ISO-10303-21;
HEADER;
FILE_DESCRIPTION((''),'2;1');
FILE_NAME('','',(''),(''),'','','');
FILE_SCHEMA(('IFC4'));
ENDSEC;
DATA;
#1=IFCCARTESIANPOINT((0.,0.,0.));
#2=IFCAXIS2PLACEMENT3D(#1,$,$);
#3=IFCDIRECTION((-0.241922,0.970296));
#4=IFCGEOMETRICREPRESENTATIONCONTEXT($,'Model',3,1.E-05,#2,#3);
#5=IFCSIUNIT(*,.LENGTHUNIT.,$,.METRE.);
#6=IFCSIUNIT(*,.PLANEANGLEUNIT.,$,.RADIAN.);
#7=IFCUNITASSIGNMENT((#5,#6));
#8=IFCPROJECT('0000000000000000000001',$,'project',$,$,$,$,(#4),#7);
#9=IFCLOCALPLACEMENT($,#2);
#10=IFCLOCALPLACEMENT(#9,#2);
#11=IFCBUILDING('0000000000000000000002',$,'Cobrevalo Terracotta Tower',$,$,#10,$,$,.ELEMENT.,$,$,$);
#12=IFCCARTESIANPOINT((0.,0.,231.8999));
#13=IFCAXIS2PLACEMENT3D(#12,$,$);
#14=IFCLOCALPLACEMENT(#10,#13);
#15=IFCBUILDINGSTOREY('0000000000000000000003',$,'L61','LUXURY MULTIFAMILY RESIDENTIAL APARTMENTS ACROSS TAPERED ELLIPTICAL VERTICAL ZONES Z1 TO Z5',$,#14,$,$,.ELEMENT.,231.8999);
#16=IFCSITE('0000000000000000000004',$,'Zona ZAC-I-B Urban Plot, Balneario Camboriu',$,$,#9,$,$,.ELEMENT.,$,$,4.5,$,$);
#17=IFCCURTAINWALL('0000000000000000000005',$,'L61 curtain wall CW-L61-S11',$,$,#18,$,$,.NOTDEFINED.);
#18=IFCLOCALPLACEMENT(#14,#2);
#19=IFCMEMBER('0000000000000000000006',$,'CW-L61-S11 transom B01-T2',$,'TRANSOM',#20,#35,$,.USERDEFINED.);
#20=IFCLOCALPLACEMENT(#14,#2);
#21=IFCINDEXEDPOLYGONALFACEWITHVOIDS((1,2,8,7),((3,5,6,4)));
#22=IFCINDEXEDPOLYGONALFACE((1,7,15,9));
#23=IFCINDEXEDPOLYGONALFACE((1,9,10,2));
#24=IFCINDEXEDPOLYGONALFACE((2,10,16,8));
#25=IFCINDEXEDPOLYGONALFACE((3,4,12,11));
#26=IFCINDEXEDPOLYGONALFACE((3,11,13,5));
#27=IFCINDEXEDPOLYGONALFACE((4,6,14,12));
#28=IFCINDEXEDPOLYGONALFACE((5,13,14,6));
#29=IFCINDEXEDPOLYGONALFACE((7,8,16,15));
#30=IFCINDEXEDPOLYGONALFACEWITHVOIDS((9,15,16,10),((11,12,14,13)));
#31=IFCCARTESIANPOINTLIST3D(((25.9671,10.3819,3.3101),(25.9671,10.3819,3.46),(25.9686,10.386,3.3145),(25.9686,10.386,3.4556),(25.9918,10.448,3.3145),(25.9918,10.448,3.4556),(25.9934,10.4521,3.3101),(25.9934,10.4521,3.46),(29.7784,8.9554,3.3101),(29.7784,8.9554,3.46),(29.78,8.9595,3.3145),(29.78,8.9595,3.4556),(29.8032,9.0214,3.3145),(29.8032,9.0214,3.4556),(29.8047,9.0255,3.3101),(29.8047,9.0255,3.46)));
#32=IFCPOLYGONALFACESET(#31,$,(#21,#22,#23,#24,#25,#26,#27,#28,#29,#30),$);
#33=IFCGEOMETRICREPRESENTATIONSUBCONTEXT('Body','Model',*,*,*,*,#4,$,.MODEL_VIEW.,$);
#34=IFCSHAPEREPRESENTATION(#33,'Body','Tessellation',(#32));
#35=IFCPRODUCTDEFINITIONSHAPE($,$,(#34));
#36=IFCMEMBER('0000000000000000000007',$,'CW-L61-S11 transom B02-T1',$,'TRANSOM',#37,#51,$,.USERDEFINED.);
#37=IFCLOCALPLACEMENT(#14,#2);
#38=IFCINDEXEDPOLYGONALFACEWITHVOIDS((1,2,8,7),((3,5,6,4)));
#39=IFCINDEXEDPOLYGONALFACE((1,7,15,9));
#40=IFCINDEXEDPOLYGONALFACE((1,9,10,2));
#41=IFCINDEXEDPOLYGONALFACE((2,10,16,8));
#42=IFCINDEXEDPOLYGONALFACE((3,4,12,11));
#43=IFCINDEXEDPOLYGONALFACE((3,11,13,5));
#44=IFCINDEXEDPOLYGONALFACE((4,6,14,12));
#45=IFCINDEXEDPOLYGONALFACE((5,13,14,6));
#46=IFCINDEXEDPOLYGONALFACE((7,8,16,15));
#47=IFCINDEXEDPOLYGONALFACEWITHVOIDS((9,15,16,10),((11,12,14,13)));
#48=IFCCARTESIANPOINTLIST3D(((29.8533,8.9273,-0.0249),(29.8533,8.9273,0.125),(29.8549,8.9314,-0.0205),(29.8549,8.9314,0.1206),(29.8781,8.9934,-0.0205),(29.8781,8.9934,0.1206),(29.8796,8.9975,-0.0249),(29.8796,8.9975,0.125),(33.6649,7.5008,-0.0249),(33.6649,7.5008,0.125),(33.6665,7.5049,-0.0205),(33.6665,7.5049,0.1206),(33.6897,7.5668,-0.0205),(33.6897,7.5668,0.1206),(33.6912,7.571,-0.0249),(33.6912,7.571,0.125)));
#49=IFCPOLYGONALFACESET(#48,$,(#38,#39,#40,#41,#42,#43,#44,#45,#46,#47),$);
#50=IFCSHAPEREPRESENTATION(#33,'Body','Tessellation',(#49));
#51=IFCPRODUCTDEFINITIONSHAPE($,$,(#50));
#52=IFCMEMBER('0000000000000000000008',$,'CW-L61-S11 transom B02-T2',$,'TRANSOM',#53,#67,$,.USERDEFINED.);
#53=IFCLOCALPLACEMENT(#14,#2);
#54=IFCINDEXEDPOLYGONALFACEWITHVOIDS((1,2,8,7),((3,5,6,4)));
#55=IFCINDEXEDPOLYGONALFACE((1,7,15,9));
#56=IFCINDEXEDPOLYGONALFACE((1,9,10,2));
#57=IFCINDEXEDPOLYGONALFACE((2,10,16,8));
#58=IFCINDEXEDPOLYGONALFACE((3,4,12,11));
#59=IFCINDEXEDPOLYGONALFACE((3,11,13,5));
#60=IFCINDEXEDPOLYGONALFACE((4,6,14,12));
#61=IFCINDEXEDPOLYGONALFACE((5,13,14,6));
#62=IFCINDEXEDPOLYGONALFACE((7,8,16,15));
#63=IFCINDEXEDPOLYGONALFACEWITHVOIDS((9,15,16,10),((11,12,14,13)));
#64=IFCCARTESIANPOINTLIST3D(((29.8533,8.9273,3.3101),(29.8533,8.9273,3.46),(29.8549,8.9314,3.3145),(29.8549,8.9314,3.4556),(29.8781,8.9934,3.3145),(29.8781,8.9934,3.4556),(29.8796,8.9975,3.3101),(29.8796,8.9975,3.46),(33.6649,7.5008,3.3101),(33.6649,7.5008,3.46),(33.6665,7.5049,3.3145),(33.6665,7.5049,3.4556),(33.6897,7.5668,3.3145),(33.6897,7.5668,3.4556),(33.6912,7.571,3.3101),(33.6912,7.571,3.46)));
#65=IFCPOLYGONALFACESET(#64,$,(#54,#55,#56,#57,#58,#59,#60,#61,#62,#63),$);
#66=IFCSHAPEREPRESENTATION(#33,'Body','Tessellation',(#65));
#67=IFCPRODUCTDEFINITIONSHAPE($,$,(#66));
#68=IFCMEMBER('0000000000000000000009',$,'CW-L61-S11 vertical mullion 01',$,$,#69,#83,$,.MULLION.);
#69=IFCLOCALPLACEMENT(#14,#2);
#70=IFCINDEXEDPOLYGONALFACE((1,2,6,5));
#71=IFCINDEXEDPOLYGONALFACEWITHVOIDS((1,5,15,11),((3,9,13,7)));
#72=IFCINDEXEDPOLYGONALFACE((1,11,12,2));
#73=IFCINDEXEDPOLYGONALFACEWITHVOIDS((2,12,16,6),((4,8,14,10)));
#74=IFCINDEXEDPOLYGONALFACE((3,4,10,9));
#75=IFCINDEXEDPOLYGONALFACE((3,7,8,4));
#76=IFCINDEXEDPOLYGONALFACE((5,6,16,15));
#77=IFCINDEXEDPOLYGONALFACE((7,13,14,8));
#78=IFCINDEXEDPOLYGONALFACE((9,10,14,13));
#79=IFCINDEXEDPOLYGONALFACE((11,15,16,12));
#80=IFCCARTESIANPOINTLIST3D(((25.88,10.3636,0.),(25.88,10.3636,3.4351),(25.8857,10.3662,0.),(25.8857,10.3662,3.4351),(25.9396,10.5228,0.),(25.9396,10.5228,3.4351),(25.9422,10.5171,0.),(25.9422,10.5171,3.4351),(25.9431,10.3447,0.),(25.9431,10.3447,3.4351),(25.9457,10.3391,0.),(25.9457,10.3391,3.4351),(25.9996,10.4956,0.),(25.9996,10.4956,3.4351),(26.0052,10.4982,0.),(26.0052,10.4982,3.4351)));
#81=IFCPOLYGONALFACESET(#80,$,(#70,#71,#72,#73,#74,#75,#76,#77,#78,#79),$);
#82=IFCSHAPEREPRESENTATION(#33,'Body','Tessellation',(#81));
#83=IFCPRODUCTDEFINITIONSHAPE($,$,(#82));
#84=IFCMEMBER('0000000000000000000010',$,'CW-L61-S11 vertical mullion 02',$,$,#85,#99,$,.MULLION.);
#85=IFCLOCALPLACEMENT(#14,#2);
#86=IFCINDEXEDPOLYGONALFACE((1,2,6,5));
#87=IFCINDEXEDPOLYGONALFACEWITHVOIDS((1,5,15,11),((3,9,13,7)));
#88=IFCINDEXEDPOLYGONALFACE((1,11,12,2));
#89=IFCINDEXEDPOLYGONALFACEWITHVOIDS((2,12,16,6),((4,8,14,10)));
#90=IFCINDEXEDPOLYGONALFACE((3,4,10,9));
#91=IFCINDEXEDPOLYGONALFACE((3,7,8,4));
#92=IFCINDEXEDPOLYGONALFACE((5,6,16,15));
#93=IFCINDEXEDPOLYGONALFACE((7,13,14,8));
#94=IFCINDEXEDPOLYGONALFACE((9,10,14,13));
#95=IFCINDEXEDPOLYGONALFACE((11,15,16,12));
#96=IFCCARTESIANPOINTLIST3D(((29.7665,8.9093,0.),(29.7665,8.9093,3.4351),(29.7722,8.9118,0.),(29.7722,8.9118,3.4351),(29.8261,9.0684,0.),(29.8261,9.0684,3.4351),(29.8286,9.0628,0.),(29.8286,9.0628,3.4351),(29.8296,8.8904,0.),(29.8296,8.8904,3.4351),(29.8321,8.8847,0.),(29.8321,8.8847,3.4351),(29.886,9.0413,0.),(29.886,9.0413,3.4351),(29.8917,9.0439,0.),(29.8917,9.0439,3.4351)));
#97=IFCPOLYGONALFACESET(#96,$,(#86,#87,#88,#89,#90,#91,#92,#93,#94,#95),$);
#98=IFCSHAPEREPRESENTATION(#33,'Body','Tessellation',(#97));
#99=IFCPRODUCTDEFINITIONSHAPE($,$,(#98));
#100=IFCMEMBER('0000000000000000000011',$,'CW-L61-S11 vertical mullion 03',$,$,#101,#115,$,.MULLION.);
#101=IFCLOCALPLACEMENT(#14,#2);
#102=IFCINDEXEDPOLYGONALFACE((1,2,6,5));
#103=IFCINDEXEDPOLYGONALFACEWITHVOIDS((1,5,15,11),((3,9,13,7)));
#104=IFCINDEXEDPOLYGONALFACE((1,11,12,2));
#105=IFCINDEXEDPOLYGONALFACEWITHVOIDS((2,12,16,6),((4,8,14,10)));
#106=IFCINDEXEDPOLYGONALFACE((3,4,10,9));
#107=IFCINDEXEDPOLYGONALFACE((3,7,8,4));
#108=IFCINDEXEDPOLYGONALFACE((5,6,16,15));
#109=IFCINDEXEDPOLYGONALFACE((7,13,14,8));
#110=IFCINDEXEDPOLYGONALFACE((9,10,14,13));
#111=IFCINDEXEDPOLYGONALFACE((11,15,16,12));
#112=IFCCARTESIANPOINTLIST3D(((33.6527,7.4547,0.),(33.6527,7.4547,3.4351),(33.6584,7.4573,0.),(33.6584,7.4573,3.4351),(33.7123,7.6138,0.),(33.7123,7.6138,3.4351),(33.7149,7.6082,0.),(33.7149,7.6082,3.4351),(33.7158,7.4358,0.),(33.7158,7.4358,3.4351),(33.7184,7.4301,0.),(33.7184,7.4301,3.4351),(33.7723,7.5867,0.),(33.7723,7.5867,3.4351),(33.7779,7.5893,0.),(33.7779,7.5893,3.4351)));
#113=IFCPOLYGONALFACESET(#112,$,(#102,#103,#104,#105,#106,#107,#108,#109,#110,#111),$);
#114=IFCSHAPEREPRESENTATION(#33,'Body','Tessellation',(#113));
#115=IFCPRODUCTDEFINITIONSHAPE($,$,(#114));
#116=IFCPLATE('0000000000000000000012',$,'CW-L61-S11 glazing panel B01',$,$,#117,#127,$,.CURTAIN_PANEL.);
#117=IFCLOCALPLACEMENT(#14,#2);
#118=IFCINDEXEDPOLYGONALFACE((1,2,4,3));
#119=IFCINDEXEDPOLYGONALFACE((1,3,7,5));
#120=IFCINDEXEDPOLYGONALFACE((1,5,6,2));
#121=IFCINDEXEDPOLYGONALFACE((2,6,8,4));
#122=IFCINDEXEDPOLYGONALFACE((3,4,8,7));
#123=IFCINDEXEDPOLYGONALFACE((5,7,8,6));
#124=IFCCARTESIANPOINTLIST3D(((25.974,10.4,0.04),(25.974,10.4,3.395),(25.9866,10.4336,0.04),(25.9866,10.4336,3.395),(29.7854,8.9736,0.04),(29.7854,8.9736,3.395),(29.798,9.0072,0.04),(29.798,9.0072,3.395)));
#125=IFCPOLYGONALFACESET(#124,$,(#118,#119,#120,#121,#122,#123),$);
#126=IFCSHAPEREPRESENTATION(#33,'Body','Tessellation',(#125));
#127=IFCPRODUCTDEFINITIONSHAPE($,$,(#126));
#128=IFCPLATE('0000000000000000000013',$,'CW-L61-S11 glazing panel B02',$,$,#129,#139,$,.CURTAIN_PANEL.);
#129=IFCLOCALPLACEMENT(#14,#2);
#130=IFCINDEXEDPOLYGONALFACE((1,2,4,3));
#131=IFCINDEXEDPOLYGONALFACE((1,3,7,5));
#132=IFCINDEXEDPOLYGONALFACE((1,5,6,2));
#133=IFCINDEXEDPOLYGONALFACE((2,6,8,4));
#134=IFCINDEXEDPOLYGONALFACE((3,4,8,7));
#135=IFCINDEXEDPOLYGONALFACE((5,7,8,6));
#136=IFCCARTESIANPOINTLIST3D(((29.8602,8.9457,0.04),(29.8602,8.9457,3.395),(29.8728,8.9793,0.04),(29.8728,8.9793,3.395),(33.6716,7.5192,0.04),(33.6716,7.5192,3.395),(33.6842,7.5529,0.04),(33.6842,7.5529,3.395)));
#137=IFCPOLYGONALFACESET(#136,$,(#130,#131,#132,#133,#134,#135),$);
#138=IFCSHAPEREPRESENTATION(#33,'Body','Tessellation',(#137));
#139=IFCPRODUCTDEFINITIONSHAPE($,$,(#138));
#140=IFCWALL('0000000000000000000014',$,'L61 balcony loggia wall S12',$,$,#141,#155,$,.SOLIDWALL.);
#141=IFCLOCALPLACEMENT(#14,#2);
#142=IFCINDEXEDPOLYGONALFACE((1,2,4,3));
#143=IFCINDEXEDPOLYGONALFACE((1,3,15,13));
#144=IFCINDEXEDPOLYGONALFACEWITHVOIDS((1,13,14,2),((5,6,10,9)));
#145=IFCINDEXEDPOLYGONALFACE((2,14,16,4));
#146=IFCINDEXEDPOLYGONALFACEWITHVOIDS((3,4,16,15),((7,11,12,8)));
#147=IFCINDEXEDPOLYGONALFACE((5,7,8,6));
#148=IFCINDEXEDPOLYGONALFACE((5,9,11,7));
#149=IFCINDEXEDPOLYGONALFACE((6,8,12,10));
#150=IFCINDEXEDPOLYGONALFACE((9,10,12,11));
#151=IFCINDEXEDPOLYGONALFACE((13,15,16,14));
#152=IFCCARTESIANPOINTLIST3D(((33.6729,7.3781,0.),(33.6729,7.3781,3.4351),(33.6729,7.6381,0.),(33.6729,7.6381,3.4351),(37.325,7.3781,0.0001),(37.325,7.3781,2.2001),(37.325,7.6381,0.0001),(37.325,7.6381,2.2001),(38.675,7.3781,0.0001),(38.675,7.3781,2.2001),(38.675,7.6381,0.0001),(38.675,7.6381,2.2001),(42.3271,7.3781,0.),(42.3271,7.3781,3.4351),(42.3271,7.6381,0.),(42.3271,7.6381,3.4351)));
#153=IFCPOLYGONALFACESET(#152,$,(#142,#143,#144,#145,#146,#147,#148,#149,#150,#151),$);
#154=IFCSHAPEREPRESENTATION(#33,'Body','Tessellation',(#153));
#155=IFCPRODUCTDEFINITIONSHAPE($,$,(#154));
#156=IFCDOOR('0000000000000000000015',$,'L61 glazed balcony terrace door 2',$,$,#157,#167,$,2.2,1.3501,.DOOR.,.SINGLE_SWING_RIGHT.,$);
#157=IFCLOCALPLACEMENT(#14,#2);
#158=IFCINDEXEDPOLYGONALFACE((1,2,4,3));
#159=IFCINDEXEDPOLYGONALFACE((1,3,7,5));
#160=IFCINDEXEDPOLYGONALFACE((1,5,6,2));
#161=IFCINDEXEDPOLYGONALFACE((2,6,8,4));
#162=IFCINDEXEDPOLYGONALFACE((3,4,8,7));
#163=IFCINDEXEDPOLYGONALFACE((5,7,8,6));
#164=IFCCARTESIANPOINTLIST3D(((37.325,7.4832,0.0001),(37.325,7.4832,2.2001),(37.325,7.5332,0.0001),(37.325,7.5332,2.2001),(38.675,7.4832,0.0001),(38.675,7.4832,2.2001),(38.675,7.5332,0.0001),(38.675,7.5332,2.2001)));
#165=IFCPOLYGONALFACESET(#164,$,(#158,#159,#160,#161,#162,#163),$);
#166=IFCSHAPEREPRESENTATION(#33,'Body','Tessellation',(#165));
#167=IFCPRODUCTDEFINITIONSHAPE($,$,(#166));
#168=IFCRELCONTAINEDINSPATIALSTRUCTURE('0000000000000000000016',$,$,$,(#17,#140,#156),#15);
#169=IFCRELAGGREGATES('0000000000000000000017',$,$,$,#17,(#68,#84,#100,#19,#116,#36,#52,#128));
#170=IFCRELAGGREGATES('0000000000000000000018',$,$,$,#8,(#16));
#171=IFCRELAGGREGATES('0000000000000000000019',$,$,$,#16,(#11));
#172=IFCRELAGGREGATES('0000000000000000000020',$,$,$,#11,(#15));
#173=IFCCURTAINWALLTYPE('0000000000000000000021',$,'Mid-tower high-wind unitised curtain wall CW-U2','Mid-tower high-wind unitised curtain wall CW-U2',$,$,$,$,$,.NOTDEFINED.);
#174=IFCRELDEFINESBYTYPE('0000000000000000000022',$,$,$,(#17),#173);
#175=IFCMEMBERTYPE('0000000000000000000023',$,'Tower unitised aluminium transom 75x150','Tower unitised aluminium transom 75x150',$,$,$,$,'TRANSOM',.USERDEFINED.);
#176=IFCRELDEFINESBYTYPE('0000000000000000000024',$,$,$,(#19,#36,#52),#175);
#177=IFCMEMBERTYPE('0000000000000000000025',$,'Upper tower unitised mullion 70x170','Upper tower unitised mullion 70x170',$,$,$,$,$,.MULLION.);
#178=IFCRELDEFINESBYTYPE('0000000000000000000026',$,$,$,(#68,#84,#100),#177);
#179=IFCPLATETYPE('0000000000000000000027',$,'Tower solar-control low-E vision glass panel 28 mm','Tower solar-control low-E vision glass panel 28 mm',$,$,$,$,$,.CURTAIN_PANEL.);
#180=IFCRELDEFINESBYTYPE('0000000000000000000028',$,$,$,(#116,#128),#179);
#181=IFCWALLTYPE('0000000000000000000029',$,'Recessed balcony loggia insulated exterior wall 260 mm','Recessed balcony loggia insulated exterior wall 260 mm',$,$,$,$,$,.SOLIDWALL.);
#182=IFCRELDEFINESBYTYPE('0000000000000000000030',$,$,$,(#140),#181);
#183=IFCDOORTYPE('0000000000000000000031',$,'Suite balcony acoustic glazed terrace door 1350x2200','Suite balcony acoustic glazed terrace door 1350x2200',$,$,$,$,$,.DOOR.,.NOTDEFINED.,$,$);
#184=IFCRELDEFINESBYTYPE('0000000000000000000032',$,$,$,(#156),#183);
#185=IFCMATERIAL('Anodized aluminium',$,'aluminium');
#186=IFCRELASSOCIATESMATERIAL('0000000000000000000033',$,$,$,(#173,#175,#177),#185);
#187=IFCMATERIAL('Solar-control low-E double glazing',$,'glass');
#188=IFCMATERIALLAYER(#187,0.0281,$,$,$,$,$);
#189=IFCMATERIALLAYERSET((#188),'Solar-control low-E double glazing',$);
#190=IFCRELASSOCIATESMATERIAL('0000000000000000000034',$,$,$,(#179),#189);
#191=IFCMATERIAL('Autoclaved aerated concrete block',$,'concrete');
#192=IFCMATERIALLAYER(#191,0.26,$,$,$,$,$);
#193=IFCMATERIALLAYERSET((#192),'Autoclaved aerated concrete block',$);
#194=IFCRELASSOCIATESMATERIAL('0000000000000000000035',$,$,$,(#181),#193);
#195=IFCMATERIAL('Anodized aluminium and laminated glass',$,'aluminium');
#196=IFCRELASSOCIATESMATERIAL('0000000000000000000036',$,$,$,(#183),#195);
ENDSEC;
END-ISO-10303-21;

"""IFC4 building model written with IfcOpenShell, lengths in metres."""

from ifc_helpers import new_model, si_unit, direction, frame, frame_2d, origin, origin_2d, place, context, subcontext, project, spatial, rectangle, hollow_rectangle, extrude, source, transform, mapped, material, layer, layer_set, material_profile, profile_set, type_object, element, fill, aggregate, save


model = new_model("IFC4")

# Units and contexts
model_context = context("Model", 3, precision=1e-05, world=origin(), true_north=direction((-0.241922, 0.970296)))
body_context = subcontext(model_context, "Body", "Model", "MODEL_VIEW")
ifc_project = project(units=[si_unit("LENGTHUNIT", "METRE"), si_unit("PLANEANGLEUNIT", "RADIAN")], contexts=[model_context])

# Site, building, storey
site_placement = place(None, origin())
site = spatial("IfcSite", under=ifc_project, at=site_placement, Name="Zona ZAC-I-B Urban Plot, Balneario Camboriu", CompositionType="ELEMENT", RefElevation=4.5)
building_placement = place(site_placement, origin())
building = spatial("IfcBuilding", under=site, at=building_placement, Name="Cobrevalo Terracotta Tower", CompositionType="ELEMENT")
storey_placement = place(building_placement, frame((0.0, 0.0, 231.8999)))
storey = spatial("IfcBuildingStorey", under=building, at=storey_placement, Name="L61", Description="LUXURY MULTIFAMILY RESIDENTIAL APARTMENTS ACROSS TAPERED ELLIPTICAL VERTICAL ZONES Z1 TO Z5", CompositionType="ELEMENT", Elevation=231.8999)

# Curtain wall, members, plates
ifc_material_1 = material(Name="Anodized aluminium", Category="aluminium")
curtain_wall_type = type_object("IfcCurtainWallType", Name="Mid-tower high-wind unitised curtain wall CW-U2", Description="Mid-tower high-wind unitised curtain wall CW-U2", PredefinedType="NOTDEFINED", material=ifc_material_1)
curtain_wall_placement = place(storey_placement, origin())
curtain_wall = element("IfcCurtainWall", 1, at=curtain_wall_placement, inside=storey, type_object=curtain_wall_type, Name="L61 curtain wall CW-L61-S11", PredefinedType="NOTDEFINED")
ifc_material_profile_1 = material_profile(ifc_material_1, hollow_rectangle(XDim=0.075, YDim=0.1499, WallThickness=0.0044, at=origin_2d()), Name="CWT 75x150")
ifc_profile_set_1 = profile_set([ifc_material_profile_1], Name="Anodized aluminium")
member_type_1 = type_object("IfcMemberType", Name="Tower unitised aluminium transom 75x150", Description="Tower unitised aluminium transom 75x150", ElementType="TRANSOM", PredefinedType="USERDEFINED", material=ifc_profile_set_1)
shared_shape_1 = source(origin(), body_context, "Body", "SweptSolid", [
    extrude(hollow_rectangle(XDim=0.075, YDim=0.1499, WallThickness=0.0044, at=origin_2d()), origin(), (0.0, 0.0, 1.0), 4.0696),
])
member_1_placement = place(storey_placement, frame((25.9802, 10.417, 3.385), z_axis=(0.936548, -0.350538, 0.0), x_axis=(0.350538, 0.936548, 0.0)))
member_1 = element("IfcMember", 2, at=member_1_placement, type_object=member_type_1, Name="CW-L61-S11 transom B01-T2", ObjectType="TRANSOM", PredefinedType="USERDEFINED", context=body_context, shape_type="MappedRepresentation", body=[
    mapped(shared_shape_1, transform((0.0, 0.0, 0.0), scale=1.0)),
])
shared_shape_2 = source(origin(), body_context, "Body", "SweptSolid", [
    extrude(hollow_rectangle(XDim=0.075, YDim=0.1499, WallThickness=0.0044, at=origin_2d()), origin(), (0.0, 0.0, 1.0), 4.0698),
])
member_2_placement = place(storey_placement, frame((29.8665, 8.9624, 0.05), z_axis=(0.936556, -0.350519, 0.0), x_axis=(0.350519, 0.936556, 0.0)))
member_2 = element("IfcMember", 3, at=member_2_placement, type_object=member_type_1, Name="CW-L61-S11 transom B02-T1", ObjectType="TRANSOM", PredefinedType="USERDEFINED", context=body_context, shape_type="MappedRepresentation", body=[
    mapped(shared_shape_2, transform((0.0, 0.0, 0.0), scale=1.0)),
])
member_3_placement = place(storey_placement, frame((29.8665, 8.9624, 3.385), z_axis=(0.936556, -0.350519, 0.0), x_axis=(0.350519, 0.936556, 0.0)))
member_3 = element("IfcMember", 4, at=member_3_placement, type_object=member_type_1, Name="CW-L61-S11 transom B02-T2", ObjectType="TRANSOM", PredefinedType="USERDEFINED", context=body_context, shape_type="MappedRepresentation", body=[
    mapped(shared_shape_2, transform((0.0, 0.0, 0.0), scale=1.0)),
])
ifc_material_profile_2 = material_profile(ifc_material_1, hollow_rectangle(XDim=0.0701, YDim=0.1699, WallThickness=0.0044, at=origin_2d()), Name="CWM 70x170")
ifc_profile_set_2 = profile_set([ifc_material_profile_2], Name="Anodized aluminium")
member_type_2 = type_object("IfcMemberType", Name="Upper tower unitised mullion 70x170", Description="Upper tower unitised mullion 70x170", PredefinedType="MULLION", material=ifc_profile_set_2)
shared_shape_3 = source(origin(), body_context, "Body", "SweptSolid", [
    extrude(hollow_rectangle(XDim=0.0701, YDim=0.1699, WallThickness=0.0044, at=origin_2d()), origin(), (0.0, 0.0, 1.0), 3.4351),
])
member_4_placement = place(storey_placement, frame((25.9426, 10.4309, 0.0), z_axis=(0.0, 0.0, 1.0), x_axis=(0.936556, -0.350518, 0.0)))
member_4 = element("IfcMember", 5, at=member_4_placement, type_object=member_type_2, Name="CW-L61-S11 vertical mullion 01", PredefinedType="MULLION", context=body_context, shape_type="MappedRepresentation", body=[
    mapped(shared_shape_3, transform((0.0, 0.0, 0.0), scale=1.0)),
])
member_5_placement = place(storey_placement, frame((29.8291, 8.9766, 0.0), z_axis=(0.0, 0.0, 1.0), x_axis=(0.936556, -0.350518, 0.0)))
member_5 = element("IfcMember", 6, at=member_5_placement, type_object=member_type_2, Name="CW-L61-S11 vertical mullion 02", PredefinedType="MULLION", context=body_context, shape_type="MappedRepresentation", body=[
    mapped(shared_shape_3, transform((0.0, 0.0, 0.0), scale=1.0)),
])
member_6_placement = place(storey_placement, frame((33.7153, 7.522, 0.0), z_axis=(0.0, 0.0, 1.0), x_axis=(0.936556, -0.350518, 0.0)))
member_6 = element("IfcMember", 7, at=member_6_placement, type_object=member_type_2, Name="CW-L61-S11 vertical mullion 03", PredefinedType="MULLION", context=body_context, shape_type="MappedRepresentation", body=[
    mapped(shared_shape_3, transform((0.0, 0.0, 0.0), scale=1.0)),
])
ifc_material_2 = material(Name="Solar-control low-E double glazing", Category="glass")
ifc_layer_1 = layer(ifc_material_2, 0.0281)
ifc_layer_set_1 = layer_set([ifc_layer_1], Name="Solar-control low-E double glazing")
plate_type = type_object("IfcPlateType", Name="Tower solar-control low-E vision glass panel 28 mm", Description="Tower solar-control low-E vision glass panel 28 mm", PredefinedType="CURTAIN_PANEL", material=ifc_layer_set_1)
shared_shape_4 = source(origin(), body_context, "Body", "SweptSolid", [
    extrude(rectangle(XDim=4.0696, YDim=0.0359, at=origin_2d()), origin(), (0.0, 0.0, 1.0), 3.355),
])
plate_1_placement = place(storey_placement, frame((27.886, 9.7036, 0.04), z_axis=(0.0, 0.0, 1.0), x_axis=(0.936558, -0.350513, 0.0)))
plate_1 = element("IfcPlate", 8, at=plate_1_placement, type_object=plate_type, Name="CW-L61-S11 glazing panel B01", PredefinedType="CURTAIN_PANEL", context=body_context, shape_type="MappedRepresentation", body=[
    mapped(shared_shape_4, transform((0.0, 0.0, 0.0), scale=1.0)),
])
plate_2_placement = place(storey_placement, frame((31.7722, 8.2493, 0.04), z_axis=(0.0, 0.0, 1.0), x_axis=(0.936558, -0.350513, 0.0)))
plate_2 = element("IfcPlate", 9, at=plate_2_placement, type_object=plate_type, Name="CW-L61-S11 glazing panel B02", PredefinedType="CURTAIN_PANEL", context=body_context, shape_type="MappedRepresentation", body=[
    mapped(shared_shape_4, transform((0.0, 0.0, 0.0), scale=1.0)),
])
aggregate(curtain_wall, [member_4, member_5, member_6, member_1, plate_1, member_2, member_3, plate_2])

# Wall, opening, door
ifc_material_3 = material(Name="Autoclaved aerated concrete block", Category="concrete")
ifc_layer_2 = layer(ifc_material_3, 0.26)
ifc_layer_set_2 = layer_set([ifc_layer_2], Name="Autoclaved aerated concrete block")
wall_type_1 = type_object("IfcWallType", Name="Recessed balcony loggia insulated exterior wall 260 mm", Description="Recessed balcony loggia insulated exterior wall 260 mm", PredefinedType="SOLIDWALL", material=ifc_layer_set_2)
wall_1_placement = place(storey_placement, frame((33.6729, 7.5081, 0.0), z_axis=(0.0, 0.0, 1.0), x_axis=(1.0, 0.0, 0.0)))
wall_1 = element("IfcWall", 10, at=wall_1_placement, inside=storey, type_object=wall_type_1, Name="L61 balcony loggia wall S12", PredefinedType="SOLIDWALL", context=body_context, shape_type="SweptSolid", body=[
    extrude(rectangle(XDim=8.6543, YDim=0.26, at=frame_2d((4.3271, 0.0))), origin(), (0.0, 0.0, 1.0), 3.4351),
])
opening_placement = place(wall_1_placement, frame((3.6521, 0.0, 0.0)))
opening = element("IfcOpeningElement", 11, at=opening_placement, cuts=wall_1, PredefinedType="OPENING", context=body_context, shape_type="SweptSolid", body=[
    extrude(rectangle(XDim=1.3501, YDim=2.2, at=frame_2d((0.675, 1.1001))), frame((0.0, 0.1401, 0.0), z_axis=(0.0, -1.0, 0.0), x_axis=(1.0, 0.0, 0.0)), (0.0, 0.0, 1.0), 0.28),
])
ifc_material_4 = material(Name="Anodized aluminium and laminated glass", Category="aluminium")
door_type = type_object("IfcDoorType", Name="Suite balcony acoustic glazed terrace door 1350x2200", Description="Suite balcony acoustic glazed terrace door 1350x2200", OperationType="NOTDEFINED", PredefinedType="DOOR", material=ifc_material_4)
shared_shape_5 = source(origin(), body_context, "Body", "SweptSolid", [
    extrude(rectangle(XDim=1.3501, YDim=2.2, at=frame_2d((0.675, 1.1001))), frame((0.0, 0.0249, 0.0), z_axis=(0.0, -1.0, 0.0), x_axis=(1.0, 0.0, 0.0)), (0.0, 0.0, 1.0), 0.05),
])
door_placement = place(opening_placement, frame((1.3501, 0.0, 0.0), z_axis=(0.0, 0.0, 1.0), x_axis=(-1.0, 0.0, 0.0)))
door = element("IfcDoor", 12, at=door_placement, inside=storey, type_object=door_type, Name="L61 glazed balcony terrace door 2", OperationType="SINGLE_SWING_RIGHT", OverallHeight=2.2, OverallWidth=1.3501, PredefinedType="DOOR", context=body_context, shape_type="MappedRepresentation", body=[
    mapped(shared_shape_5, transform((0.0, 0.0, 0.0), scale=1.0)),
])
fill(opening, door)

save(model, "model.ifc")
